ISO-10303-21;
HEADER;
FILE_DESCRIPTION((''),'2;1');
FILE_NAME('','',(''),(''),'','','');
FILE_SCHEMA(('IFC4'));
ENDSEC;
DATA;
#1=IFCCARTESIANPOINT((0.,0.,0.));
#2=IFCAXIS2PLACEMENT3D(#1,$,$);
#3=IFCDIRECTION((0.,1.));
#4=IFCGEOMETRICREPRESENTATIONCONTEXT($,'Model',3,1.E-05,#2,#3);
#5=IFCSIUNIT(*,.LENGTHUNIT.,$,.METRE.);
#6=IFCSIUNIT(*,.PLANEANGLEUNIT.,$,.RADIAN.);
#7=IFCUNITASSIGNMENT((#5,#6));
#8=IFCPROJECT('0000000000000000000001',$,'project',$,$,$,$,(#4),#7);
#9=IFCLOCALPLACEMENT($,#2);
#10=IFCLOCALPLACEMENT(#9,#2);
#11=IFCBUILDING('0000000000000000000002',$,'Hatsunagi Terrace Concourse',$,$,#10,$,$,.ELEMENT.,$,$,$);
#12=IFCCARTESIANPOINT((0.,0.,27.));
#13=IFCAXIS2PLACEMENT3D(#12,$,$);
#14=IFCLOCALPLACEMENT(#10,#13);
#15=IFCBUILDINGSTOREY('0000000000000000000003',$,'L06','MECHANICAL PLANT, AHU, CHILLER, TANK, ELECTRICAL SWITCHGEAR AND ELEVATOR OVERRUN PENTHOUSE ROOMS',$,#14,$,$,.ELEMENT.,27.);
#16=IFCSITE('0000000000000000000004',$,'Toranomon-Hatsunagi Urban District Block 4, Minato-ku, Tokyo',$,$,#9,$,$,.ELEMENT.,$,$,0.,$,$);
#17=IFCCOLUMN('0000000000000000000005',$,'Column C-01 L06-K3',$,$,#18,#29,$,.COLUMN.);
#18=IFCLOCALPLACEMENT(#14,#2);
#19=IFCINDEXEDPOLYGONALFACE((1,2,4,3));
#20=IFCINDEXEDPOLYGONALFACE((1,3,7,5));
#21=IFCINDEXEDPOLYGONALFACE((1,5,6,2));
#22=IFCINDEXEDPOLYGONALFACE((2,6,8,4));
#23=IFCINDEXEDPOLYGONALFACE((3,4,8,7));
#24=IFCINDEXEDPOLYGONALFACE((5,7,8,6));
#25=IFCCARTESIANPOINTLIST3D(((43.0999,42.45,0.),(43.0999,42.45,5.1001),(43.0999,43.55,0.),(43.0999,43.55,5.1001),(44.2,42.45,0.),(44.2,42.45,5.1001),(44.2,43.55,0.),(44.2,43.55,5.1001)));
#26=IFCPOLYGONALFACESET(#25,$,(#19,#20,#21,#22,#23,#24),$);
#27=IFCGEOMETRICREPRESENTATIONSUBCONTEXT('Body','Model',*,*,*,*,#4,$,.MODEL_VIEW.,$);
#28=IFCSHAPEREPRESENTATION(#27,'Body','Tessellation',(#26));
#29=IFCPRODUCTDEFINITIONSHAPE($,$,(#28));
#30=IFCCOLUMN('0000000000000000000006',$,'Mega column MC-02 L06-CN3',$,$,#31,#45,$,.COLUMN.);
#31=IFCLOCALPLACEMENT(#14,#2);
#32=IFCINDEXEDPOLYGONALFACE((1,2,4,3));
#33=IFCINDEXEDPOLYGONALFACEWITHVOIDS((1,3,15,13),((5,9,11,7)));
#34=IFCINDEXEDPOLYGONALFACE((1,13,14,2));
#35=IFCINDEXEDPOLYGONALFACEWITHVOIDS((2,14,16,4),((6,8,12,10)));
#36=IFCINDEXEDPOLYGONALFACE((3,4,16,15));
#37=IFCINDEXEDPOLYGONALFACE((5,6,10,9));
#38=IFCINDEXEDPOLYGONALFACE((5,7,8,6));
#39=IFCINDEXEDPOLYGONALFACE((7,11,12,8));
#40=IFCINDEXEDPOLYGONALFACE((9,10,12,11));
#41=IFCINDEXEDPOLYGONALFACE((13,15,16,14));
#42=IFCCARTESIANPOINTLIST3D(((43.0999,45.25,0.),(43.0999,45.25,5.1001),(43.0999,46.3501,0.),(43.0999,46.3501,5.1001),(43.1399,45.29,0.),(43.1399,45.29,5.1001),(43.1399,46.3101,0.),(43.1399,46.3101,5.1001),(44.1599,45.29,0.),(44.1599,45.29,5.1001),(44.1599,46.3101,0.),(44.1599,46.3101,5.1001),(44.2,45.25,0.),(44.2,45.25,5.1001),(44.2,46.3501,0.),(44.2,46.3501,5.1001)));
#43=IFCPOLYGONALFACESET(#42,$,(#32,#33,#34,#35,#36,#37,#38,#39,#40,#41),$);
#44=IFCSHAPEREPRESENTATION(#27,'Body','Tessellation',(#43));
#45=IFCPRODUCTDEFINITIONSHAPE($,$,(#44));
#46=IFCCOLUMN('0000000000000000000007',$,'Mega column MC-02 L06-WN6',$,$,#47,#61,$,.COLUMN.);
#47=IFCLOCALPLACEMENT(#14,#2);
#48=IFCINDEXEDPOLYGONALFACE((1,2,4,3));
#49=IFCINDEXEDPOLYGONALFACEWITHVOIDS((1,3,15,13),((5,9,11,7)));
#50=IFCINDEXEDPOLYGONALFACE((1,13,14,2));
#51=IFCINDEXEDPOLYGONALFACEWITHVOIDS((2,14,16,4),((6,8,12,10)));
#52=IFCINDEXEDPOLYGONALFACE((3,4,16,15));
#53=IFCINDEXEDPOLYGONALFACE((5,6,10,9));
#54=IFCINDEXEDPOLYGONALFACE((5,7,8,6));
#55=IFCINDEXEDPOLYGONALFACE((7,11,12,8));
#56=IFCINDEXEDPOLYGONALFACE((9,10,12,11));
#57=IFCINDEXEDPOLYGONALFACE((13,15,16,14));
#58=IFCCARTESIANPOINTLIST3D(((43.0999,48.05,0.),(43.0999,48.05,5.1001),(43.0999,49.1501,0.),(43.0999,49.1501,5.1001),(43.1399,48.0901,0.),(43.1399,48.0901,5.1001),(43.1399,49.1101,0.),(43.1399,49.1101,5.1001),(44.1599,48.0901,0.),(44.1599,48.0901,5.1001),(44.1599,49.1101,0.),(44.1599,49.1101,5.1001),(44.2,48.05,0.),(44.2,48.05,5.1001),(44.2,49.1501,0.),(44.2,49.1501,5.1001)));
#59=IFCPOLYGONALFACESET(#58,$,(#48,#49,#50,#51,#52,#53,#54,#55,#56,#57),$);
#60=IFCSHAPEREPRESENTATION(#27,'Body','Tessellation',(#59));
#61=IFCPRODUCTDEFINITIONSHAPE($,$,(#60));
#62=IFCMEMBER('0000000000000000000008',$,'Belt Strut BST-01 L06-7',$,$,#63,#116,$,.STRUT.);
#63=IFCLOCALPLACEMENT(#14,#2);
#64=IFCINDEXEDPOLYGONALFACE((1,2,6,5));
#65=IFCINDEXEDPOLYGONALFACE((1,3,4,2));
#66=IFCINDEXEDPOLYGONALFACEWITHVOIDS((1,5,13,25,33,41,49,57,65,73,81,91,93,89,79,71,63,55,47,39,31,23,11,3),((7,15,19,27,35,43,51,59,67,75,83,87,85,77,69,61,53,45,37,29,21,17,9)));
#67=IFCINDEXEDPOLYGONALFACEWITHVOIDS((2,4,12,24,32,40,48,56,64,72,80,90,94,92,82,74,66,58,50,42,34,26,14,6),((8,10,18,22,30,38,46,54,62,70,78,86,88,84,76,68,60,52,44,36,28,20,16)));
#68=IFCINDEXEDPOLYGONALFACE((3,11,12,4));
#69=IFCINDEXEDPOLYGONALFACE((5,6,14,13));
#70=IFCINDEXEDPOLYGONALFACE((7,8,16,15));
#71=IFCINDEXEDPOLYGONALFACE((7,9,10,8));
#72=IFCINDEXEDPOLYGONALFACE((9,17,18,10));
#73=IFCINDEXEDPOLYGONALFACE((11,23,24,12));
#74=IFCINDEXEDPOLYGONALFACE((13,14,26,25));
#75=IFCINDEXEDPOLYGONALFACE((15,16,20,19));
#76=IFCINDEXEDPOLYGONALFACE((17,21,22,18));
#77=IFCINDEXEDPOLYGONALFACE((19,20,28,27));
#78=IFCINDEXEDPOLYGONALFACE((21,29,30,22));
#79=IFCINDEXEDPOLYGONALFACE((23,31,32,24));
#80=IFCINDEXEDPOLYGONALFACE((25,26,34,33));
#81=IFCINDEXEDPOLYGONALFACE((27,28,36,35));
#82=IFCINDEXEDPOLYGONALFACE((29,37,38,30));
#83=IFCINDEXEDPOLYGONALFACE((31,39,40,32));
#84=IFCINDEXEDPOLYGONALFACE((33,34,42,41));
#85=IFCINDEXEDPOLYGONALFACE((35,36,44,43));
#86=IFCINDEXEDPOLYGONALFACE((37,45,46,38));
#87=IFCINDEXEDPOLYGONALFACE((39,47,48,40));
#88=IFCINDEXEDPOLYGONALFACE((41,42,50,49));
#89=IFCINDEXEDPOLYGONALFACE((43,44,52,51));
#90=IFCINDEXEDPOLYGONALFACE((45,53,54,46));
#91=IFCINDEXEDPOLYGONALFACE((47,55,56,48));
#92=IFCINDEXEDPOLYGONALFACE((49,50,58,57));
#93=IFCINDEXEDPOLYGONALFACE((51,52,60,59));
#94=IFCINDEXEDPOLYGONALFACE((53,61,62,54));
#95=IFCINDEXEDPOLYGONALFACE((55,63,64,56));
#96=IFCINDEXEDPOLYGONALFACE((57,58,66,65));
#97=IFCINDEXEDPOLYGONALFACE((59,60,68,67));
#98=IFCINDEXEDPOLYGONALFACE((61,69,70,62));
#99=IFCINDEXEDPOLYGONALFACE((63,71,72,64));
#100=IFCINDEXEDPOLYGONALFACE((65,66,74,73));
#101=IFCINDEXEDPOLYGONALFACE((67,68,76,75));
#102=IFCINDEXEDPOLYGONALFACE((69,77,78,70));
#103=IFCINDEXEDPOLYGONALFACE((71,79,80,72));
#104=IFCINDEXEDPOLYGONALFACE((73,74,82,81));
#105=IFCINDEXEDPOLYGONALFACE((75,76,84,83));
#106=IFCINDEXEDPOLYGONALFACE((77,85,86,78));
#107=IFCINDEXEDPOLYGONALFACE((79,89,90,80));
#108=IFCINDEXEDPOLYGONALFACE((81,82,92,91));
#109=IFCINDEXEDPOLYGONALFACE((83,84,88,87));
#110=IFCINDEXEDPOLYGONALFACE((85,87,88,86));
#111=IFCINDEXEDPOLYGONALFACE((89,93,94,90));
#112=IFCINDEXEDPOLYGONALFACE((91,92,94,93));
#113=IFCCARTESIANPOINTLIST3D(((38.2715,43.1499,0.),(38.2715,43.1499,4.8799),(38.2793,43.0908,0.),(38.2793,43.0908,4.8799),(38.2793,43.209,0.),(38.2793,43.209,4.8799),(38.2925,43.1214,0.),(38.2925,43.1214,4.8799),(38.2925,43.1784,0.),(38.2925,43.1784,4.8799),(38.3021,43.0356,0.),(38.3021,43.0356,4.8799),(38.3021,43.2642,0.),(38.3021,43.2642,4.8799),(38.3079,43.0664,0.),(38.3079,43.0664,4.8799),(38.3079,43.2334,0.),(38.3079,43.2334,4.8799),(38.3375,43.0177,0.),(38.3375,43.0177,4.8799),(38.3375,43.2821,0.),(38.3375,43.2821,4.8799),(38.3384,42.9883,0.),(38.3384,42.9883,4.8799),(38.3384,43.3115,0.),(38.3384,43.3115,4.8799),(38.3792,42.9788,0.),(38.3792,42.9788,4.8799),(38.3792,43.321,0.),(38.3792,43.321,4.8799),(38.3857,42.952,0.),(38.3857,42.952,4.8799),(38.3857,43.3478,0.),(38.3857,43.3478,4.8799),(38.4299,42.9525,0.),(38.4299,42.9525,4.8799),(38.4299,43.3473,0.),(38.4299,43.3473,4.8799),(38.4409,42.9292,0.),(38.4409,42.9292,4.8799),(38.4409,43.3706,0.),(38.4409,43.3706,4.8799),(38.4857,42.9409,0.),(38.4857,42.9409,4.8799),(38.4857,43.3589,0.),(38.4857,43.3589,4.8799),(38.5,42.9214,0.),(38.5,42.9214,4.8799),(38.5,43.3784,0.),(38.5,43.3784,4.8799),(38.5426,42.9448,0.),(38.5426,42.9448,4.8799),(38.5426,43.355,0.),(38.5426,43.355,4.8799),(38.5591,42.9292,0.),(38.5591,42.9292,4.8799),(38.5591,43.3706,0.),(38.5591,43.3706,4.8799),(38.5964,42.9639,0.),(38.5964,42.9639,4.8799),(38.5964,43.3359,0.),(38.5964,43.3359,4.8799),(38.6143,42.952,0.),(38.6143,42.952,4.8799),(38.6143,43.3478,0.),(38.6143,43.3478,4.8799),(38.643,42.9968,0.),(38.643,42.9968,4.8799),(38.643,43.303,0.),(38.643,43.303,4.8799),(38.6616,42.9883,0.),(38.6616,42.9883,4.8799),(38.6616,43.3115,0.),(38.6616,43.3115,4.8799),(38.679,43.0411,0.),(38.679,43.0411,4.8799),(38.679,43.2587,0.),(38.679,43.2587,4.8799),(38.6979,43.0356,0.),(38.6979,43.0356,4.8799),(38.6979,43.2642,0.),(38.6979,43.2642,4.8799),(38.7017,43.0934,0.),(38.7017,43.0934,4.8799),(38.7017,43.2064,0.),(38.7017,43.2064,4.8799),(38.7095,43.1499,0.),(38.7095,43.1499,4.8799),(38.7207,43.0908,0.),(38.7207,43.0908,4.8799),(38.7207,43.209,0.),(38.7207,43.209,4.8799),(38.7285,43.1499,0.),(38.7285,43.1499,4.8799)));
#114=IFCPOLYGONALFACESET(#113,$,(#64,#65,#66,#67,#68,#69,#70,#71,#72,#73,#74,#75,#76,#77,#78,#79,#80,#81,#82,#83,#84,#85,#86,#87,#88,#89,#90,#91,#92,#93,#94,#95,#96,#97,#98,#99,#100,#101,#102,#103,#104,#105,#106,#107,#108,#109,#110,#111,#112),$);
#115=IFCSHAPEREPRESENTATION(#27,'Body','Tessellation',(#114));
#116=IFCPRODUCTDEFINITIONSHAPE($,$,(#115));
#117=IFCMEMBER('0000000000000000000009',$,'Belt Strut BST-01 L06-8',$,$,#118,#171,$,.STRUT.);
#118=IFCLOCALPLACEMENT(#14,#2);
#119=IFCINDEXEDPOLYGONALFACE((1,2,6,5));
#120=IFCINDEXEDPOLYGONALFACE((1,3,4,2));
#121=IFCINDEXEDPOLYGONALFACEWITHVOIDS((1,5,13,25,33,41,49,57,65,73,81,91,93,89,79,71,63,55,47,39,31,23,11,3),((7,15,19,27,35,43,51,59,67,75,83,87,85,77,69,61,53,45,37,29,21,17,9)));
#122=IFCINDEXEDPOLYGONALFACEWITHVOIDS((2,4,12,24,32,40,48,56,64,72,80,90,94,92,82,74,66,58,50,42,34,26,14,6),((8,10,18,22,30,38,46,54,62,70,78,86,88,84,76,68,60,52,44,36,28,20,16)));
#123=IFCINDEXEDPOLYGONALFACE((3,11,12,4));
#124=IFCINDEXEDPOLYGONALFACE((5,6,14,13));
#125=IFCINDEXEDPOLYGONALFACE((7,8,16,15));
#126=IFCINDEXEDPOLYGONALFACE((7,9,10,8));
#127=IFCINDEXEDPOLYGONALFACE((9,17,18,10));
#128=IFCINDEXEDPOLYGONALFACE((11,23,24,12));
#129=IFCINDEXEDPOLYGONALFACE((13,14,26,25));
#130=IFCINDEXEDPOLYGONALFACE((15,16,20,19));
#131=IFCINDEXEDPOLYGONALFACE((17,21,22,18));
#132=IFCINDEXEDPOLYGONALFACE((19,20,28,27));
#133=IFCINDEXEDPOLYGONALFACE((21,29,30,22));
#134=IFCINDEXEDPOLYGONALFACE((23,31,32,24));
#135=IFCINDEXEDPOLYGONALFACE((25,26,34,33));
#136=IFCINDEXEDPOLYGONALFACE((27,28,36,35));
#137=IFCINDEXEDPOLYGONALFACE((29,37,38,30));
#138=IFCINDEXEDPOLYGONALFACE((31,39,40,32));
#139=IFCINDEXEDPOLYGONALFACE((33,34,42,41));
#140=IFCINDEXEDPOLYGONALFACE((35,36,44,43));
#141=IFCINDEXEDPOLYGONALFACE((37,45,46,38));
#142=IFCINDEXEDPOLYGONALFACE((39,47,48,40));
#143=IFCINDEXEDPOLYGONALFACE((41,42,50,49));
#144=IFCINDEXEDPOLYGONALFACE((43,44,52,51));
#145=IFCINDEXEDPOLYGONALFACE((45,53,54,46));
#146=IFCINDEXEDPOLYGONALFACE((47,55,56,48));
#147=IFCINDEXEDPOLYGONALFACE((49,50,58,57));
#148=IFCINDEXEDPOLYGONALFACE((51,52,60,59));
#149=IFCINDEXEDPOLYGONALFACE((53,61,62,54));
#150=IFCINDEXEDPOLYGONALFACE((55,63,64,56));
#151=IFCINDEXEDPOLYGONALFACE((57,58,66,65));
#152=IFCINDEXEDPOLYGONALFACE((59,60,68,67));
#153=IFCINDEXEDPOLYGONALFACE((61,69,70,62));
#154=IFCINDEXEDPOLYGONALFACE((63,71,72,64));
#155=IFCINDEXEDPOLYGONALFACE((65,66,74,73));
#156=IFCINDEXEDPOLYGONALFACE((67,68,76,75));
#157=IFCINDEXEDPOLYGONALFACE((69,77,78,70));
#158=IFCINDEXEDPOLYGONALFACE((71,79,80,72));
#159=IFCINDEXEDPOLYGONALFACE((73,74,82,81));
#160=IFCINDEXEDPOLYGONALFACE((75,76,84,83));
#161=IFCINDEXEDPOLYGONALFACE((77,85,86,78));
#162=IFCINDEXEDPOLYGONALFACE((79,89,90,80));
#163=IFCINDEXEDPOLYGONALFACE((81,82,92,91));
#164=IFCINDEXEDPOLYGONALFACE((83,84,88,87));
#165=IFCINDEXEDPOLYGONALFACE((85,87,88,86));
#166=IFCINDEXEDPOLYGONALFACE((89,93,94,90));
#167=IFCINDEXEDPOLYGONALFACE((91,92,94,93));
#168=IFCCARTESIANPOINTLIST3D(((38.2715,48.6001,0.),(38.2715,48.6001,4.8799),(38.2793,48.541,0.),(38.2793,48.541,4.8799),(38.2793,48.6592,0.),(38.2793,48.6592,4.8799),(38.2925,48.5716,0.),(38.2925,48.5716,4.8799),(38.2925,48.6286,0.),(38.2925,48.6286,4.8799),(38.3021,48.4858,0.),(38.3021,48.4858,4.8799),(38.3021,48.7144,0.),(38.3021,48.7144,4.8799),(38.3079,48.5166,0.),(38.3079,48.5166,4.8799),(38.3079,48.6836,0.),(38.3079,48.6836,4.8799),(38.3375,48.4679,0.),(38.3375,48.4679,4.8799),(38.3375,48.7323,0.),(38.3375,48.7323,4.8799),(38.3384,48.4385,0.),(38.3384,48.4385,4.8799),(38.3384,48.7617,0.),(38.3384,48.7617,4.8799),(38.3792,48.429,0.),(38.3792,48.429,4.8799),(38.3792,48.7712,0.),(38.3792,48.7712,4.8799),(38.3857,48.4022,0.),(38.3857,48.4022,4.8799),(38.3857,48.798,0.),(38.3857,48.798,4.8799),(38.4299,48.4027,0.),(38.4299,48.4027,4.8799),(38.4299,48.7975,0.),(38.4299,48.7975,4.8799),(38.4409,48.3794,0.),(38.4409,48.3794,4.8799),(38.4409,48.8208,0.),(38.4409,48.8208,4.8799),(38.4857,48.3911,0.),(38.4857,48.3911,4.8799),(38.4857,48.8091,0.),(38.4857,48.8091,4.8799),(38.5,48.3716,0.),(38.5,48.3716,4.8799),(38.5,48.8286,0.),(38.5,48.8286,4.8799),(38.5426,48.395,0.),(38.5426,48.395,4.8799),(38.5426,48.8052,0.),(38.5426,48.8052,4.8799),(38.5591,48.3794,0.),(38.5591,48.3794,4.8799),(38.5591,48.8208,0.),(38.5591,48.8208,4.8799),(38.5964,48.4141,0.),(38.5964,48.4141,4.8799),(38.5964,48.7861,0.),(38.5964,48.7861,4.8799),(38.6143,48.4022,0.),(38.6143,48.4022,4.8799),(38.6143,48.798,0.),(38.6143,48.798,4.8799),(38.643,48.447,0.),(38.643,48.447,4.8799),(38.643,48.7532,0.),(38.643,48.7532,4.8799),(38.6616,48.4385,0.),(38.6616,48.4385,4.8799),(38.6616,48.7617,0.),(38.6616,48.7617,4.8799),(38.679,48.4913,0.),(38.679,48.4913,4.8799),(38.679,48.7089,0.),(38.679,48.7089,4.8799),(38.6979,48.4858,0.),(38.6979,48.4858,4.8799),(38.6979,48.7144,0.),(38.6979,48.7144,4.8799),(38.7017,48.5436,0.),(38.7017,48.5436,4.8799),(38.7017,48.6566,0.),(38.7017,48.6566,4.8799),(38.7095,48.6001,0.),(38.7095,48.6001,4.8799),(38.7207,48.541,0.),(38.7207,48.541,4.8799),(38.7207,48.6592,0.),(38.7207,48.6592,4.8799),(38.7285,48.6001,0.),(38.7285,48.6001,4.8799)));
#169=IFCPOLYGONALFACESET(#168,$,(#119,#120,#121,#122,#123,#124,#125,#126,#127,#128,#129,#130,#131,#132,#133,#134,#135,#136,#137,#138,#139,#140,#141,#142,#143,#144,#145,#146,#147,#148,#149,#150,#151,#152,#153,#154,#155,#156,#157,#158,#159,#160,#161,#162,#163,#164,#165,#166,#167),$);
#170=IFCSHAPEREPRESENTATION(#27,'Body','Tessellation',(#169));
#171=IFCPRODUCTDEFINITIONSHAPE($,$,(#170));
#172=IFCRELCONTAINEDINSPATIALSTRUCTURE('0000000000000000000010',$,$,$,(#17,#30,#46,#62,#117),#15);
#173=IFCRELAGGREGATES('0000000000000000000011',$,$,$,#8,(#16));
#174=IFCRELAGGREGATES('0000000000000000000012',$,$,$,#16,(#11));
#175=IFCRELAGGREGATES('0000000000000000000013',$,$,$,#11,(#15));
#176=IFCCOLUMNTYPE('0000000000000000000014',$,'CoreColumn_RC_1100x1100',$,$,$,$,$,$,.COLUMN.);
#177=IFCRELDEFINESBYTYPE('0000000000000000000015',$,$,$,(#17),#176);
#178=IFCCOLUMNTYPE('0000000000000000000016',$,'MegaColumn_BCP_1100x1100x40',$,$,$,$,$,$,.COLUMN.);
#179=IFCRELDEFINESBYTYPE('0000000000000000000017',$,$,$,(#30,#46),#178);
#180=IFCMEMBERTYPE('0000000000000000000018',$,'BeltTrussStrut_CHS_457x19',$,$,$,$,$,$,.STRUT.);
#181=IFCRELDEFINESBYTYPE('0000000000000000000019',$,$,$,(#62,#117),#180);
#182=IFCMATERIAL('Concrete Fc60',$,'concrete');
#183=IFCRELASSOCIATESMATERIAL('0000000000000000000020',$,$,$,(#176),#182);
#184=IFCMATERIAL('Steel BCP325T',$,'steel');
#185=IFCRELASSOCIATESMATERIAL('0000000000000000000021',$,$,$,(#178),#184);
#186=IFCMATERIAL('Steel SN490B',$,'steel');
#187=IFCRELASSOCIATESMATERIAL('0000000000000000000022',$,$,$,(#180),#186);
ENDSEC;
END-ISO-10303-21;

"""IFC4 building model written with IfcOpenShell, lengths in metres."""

from ifc_helpers import new_model, si_unit, direction, frame, origin, origin_2d, place, context, subcontext, project, spatial, rectangle, hollow_rectangle, hollow_circle, extrude, material, material_profile, profile_set, type_object, element, save


model = new_model("IFC4")

# Units and contexts
model_context = context("Model", 3, precision=1e-05, world=origin(), true_north=direction((0.0, 1.0)))
body_context = subcontext(model_context, "Body", "Model", "MODEL_VIEW")
ifc_project = project(units=[si_unit("LENGTHUNIT", "METRE"), si_unit("PLANEANGLEUNIT", "RADIAN")], contexts=[model_context])

# Site, building, storey
site_placement = place(None, origin())
site = spatial("IfcSite", under=ifc_project, at=site_placement, Name="Toranomon-Hatsunagi Urban District Block 4, Minato-ku, Tokyo", CompositionType="ELEMENT", RefElevation=0.0)
building_placement = place(site_placement, origin())
building = spatial("IfcBuilding", under=site, at=building_placement, Name="Hatsunagi Terrace Concourse", CompositionType="ELEMENT")
storey_placement = place(building_placement, frame((0.0, 0.0, 27.0)))
storey = spatial("IfcBuildingStorey", under=building, at=storey_placement, Name="L06", Description="MECHANICAL PLANT, AHU, CHILLER, TANK, ELECTRICAL SWITCHGEAR AND ELEVATOR OVERRUN PENTHOUSE ROOMS", CompositionType="ELEMENT", Elevation=27.0)

# Columns
ifc_material_1 = material(Name="Concrete Fc60", Category="concrete")
ifc_material_profile_1 = material_profile(ifc_material_1, rectangle(XDim=1.1001, YDim=1.1001, at=origin_2d()), Name="RC-1100x1100")
ifc_profile_set_1 = profile_set([ifc_material_profile_1], Name="Concrete Fc60")
column_type_1 = type_object("IfcColumnType", Name="CoreColumn_RC_1100x1100", PredefinedType="COLUMN", material=ifc_profile_set_1)
column_placement = place(storey_placement, frame((43.6499, 43.0, 0.0), z_axis=(0.0, 0.0, 1.0), x_axis=(1.0, 0.0, 0.0)))
element("IfcColumn", 1, at=column_placement, inside=storey, type_object=column_type_1, Name="Column C-01 L06-K3", PredefinedType="COLUMN", context=body_context, shape_type="SweptSolid", body=[
    extrude(rectangle(XDim=1.1001, YDim=1.1001, at=origin_2d()), origin(), (0.0, 0.0, 1.0), 5.1001),
])
ifc_material_2 = material(Name="Steel BCP325T", Category="steel")
ifc_material_profile_2 = material_profile(ifc_material_2, hollow_rectangle(XDim=1.1001, YDim=1.1001, WallThickness=0.04, at=origin_2d()), Name="BCP-1100x1100x40")
ifc_profile_set_2 = profile_set([ifc_material_profile_2], Name="Steel BCP325T")
column_type_2 = type_object("IfcColumnType", Name="MegaColumn_BCP_1100x1100x40", PredefinedType="COLUMN", material=ifc_profile_set_2)
for number, where, z_axis, x_axis, name in (
    (2, (43.6499, 45.8, 0.0), (0.0, 0.0, 1.0), (1.0, 0.0, 0.0), "Mega column MC-02 L06-CN3"),
    (3, (43.6499, 48.6001, 0.0), (0.0, 0.0, 1.0), (1.0, 0.0, 0.0), "Mega column MC-02 L06-WN6"),
):
    element("IfcColumn", number, at=place(storey_placement, frame(where, z_axis=z_axis, x_axis=x_axis)), inside=storey, type_object=column_type_2, Name=name, PredefinedType="COLUMN", context=body_context, shape_type="SweptSolid", body=[
        extrude(hollow_rectangle(XDim=1.1001, YDim=1.1001, WallThickness=0.04, at=origin_2d()), origin(), (0.0, 0.0, 1.0), 5.1001),
    ])

# Members
ifc_material_3 = material(Name="Steel SN490B", Category="steel")
ifc_material_profile_3 = material_profile(ifc_material_3, hollow_circle(Radius=0.2285, WallThickness=0.019, at=origin_2d()), Name="CHS-457.2x19")
ifc_profile_set_3 = profile_set([ifc_material_profile_3], Name="Steel SN490B")
member_type_1 = type_object("IfcMemberType", Name="BeltTrussStrut_CHS_457x19", PredefinedType="STRUT", material=ifc_profile_set_3)
for number, where, z_axis, x_axis, name in (
    (4, (38.5, 43.1499, 0.0), (0.0, 0.0, 1.0), (1.0, 0.0, 0.0), "Belt Strut BST-01 L06-7"),
    (5, (38.5, 48.6001, 0.0), (0.0, 0.0, 1.0), (1.0, 0.0, 0.0), "Belt Strut BST-01 L06-8"),
):
    element("IfcMember", number, at=place(storey_placement, frame(where, z_axis=z_axis, x_axis=x_axis)), inside=storey, type_object=member_type_1, Name=name, PredefinedType="STRUT", context=body_context, shape_type="SweptSolid", body=[
        extrude(hollow_circle(Radius=0.2285, WallThickness=0.019, at=origin_2d()), origin(), (0.0, 0.0, 1.0), 4.8799),
    ])

save(model, "model.ifc")
